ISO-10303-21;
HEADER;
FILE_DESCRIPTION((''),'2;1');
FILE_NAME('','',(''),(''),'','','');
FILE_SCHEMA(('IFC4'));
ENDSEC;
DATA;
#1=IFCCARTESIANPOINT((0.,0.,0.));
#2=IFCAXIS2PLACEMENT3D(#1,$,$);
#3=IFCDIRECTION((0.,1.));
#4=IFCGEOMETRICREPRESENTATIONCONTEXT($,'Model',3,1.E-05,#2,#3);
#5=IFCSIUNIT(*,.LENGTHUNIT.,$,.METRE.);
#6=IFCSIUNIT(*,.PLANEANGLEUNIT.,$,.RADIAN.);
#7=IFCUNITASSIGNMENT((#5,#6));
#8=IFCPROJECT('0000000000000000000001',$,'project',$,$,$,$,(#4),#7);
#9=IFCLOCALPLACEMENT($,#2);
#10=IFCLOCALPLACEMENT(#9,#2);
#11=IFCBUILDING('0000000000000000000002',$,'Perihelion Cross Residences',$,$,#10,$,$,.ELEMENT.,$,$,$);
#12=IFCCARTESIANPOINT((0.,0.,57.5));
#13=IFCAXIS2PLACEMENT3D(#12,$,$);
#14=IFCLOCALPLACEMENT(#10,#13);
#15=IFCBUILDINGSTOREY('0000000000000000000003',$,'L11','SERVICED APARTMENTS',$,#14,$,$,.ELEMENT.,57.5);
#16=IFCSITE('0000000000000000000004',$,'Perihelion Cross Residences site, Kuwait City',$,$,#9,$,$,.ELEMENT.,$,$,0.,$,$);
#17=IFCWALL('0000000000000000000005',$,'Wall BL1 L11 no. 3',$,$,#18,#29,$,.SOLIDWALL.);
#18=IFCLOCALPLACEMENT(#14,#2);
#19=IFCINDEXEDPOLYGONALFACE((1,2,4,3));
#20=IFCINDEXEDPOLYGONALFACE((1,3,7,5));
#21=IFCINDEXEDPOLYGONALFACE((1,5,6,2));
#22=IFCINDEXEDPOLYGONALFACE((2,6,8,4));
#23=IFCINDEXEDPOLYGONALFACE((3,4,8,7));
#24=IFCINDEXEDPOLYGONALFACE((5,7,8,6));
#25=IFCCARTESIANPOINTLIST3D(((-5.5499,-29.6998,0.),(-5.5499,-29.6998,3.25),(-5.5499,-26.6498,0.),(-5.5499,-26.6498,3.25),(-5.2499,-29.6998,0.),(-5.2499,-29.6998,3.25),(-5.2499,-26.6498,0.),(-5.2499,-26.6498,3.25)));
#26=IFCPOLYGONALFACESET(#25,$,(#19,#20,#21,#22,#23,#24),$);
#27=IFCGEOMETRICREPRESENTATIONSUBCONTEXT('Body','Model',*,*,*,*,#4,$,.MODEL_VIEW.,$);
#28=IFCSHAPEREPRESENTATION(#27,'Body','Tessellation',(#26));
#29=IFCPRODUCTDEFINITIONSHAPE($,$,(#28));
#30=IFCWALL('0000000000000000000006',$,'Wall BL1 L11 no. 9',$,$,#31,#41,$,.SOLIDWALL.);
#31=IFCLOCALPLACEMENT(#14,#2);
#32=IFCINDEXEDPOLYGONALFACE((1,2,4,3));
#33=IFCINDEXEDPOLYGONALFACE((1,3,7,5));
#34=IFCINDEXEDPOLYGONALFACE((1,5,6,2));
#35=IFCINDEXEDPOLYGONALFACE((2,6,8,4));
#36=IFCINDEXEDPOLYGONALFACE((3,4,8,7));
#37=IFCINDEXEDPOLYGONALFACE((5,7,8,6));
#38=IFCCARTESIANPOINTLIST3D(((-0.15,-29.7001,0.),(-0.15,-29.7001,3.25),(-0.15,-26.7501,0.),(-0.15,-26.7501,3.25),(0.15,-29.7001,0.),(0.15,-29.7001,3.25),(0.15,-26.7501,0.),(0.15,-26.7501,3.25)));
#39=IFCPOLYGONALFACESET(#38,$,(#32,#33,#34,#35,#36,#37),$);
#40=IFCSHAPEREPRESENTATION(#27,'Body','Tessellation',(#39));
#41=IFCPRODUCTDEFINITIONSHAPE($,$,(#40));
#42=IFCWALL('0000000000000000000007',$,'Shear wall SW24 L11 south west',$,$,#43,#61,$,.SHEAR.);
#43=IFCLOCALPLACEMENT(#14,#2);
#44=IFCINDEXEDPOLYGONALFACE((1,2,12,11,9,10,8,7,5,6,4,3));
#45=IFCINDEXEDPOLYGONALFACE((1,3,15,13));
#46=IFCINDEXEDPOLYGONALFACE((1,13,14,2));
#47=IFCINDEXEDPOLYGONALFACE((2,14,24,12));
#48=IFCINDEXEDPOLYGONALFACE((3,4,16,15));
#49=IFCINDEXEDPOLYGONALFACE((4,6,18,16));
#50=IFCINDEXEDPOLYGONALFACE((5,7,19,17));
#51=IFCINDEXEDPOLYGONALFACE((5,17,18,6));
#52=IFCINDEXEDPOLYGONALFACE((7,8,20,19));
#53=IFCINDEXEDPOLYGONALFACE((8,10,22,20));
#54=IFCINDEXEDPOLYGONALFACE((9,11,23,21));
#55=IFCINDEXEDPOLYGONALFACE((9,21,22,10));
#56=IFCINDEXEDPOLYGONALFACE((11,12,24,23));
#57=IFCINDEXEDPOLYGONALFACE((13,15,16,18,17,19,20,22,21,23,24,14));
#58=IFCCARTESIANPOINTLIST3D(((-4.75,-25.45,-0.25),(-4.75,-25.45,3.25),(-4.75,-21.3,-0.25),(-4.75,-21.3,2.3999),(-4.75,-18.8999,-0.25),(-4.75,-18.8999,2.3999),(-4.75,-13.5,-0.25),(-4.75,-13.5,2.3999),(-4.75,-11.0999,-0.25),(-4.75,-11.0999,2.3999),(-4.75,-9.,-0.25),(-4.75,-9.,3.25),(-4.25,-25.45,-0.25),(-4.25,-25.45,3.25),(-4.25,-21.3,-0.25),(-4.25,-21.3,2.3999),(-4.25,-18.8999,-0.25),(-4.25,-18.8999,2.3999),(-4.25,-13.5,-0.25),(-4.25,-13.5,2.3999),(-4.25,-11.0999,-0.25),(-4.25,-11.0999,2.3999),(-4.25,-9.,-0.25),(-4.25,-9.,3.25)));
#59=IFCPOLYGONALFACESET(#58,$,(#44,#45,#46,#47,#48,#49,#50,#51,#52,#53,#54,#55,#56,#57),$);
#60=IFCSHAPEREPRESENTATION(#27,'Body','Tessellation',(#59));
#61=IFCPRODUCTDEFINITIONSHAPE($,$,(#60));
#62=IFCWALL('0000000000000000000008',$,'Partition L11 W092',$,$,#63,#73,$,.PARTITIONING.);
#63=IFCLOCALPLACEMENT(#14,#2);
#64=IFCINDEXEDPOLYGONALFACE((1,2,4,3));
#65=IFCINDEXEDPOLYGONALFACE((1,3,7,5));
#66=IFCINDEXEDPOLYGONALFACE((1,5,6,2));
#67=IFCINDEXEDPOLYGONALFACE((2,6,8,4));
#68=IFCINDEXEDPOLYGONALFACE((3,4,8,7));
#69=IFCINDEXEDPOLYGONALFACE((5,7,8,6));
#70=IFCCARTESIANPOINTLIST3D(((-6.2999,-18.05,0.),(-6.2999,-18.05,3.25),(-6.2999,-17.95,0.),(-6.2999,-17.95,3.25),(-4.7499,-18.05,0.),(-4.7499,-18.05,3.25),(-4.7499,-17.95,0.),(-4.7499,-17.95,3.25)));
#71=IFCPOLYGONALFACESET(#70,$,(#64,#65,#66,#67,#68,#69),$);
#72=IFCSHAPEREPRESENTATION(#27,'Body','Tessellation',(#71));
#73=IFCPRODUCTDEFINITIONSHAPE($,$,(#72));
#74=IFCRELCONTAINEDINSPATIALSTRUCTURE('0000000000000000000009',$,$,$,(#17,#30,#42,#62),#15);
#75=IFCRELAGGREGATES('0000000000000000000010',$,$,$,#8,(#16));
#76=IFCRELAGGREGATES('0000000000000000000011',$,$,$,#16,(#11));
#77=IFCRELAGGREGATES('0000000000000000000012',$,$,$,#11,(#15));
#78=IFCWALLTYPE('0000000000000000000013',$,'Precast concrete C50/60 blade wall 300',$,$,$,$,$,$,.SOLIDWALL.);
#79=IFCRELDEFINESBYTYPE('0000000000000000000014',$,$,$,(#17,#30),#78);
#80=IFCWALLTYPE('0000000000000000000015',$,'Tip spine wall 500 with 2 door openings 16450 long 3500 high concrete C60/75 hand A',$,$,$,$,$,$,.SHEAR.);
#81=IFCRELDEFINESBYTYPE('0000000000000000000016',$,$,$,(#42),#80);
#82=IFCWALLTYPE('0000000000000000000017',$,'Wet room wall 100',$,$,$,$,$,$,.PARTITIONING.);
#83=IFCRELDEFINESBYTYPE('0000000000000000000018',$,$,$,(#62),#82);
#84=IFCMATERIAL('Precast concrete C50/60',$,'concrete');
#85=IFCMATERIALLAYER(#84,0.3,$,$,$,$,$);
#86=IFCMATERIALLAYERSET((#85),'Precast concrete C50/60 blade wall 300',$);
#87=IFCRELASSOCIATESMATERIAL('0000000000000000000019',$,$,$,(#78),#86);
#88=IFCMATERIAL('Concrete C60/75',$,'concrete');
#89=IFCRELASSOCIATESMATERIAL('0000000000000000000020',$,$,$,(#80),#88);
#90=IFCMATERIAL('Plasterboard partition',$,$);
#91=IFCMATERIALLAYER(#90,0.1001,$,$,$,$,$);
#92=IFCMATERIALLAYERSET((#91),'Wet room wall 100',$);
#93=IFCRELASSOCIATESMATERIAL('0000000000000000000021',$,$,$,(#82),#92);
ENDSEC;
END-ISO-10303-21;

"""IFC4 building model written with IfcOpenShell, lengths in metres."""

from ifc_helpers import new_model, si_unit, direction, frame, frame_2d, origin, place, context, subcontext, project, spatial, polyline, rectangle, outline, extrude, material, layer, layer_set, material_profile, profile_set, type_object, element, save


model = new_model("IFC4")

# Units and contexts
model_context = context("Model", 3, precision=1e-05, world=origin(), true_north=direction((0.0, 1.0)))
body_context = subcontext(model_context, "Body", "Model", "MODEL_VIEW")
ifc_project = project(units=[si_unit("LENGTHUNIT", "METRE"), si_unit("PLANEANGLEUNIT", "RADIAN")], contexts=[model_context])

# Site, building, storey
site_placement = place(None, origin())
site = spatial("IfcSite", under=ifc_project, at=site_placement, Name="Perihelion Cross Residences site, Kuwait City", CompositionType="ELEMENT", RefElevation=0.0)
building_placement = place(site_placement, origin())
building = spatial("IfcBuilding", under=site, at=building_placement, Name="Perihelion Cross Residences", CompositionType="ELEMENT")
storey_placement = place(building_placement, frame((0.0, 0.0, 57.5)))
storey = spatial("IfcBuildingStorey", under=building, at=storey_placement, Name="L11", Description="SERVICED APARTMENTS", CompositionType="ELEMENT", Elevation=57.5)

# Walls
ifc_material_1 = material(Name="Precast concrete C50/60", Category="concrete")
ifc_layer_1 = layer(ifc_material_1, 0.3)
ifc_layer_set_1 = layer_set([ifc_layer_1], Name="Precast concrete C50/60 blade wall 300")
wall_type_1 = type_object("IfcWallType", Name="Precast concrete C50/60 blade wall 300", PredefinedType="SOLIDWALL", material=ifc_layer_set_1)
for number, where, z_axis, x_axis, name in (
    (1, (-5.3999, -26.6499, 0.0), (0.0, 0.0, 1.0), (0.0, -1.0, 0.0), "Wall BL1 L11 no. 3"),
):
    element("IfcWall", number, at=place(storey_placement, frame(where, z_axis=z_axis, x_axis=x_axis)), inside=storey, type_object=wall_type_1, Name=name, PredefinedType="SOLIDWALL", context=body_context, shape_type="SweptSolid", body=[
        extrude(rectangle(XDim=3.05, YDim=0.3, at=frame_2d((1.5249, 0.0))), origin(), (0.0, 0.0, 1.0), 3.25),
    ])
wall_1_placement = place(storey_placement, frame((0.0, -26.75, 0.0), z_axis=(0.0, 0.0, 1.0), x_axis=(0.0, -1.0, 0.0)))
element("IfcWall", 2, at=wall_1_placement, inside=storey, type_object=wall_type_1, Name="Wall BL1 L11 no. 9", PredefinedType="SOLIDWALL", context=body_context, shape_type="SweptSolid", body=[
    extrude(rectangle(XDim=2.95, YDim=0.3, at=frame_2d((1.4751, 0.0))), origin(), (0.0, 0.0, 1.0), 3.25),
])
ifc_material_2 = material(Name="Concrete C60/75", Category="concrete")
ifc_material_profile_1 = material_profile(ifc_material_2, outline(polyline([(0.0, 0.0), (4.1499, 0.0), (4.1499, 2.6499), (6.55, 2.6499), (6.55, 0.0), (11.95, 0.0), (11.95, 2.6499), (14.3501, 2.6499), (14.3501, 0.0), (16.45, 0.0), (16.45, 3.5), (0.0, 3.5), (0.0, 0.0)])), Name="Tip spine wall")
ifc_profile_set_1 = profile_set([ifc_material_profile_1], Name="Concrete C60/75")
wall_type_2 = type_object("IfcWallType", Name="Tip spine wall 500 with 2 door openings 16450 long 3500 high concrete C60/75 hand A", PredefinedType="SHEAR", material=ifc_profile_set_1)
wall_2_placement = place(storey_placement, frame((-4.75, -25.45, -0.25), z_axis=(1.0, 0.0, 0.0), x_axis=(0.0, 1.0, 0.0)))
element("IfcWall", 3, at=wall_2_placement, inside=storey, type_object=wall_type_2, Name="Shear wall SW24 L11 south west", PredefinedType="SHEAR", context=body_context, shape_type="SweptSolid", body=[
    extrude(outline(polyline([(0.0, 0.0), (4.1499, 0.0), (4.1499, 2.6499), (6.55, 2.6499), (6.55, 0.0), (11.95, 0.0), (11.95, 2.6499), (14.3501, 2.6499), (14.3501, 0.0), (16.45, 0.0), (16.45, 3.5), (0.0, 3.5), (0.0, 0.0)])), origin(), (0.0, 0.0, 1.0), 0.5),
])
ifc_material_3 = material(Name="Plasterboard partition")
ifc_layer_2 = layer(ifc_material_3, 0.1001)
ifc_layer_set_2 = layer_set([ifc_layer_2], Name="Wet room wall 100")
wall_type_3 = type_object("IfcWallType", Name="Wet room wall 100", PredefinedType="PARTITIONING", material=ifc_layer_set_2)
wall_3_placement = place(storey_placement, frame((-4.75, -18.0, 0.0), z_axis=(0.0, 0.0, 1.0), x_axis=(-1.0, 0.0, 0.0)))
element("IfcWall", 4, at=wall_3_placement, inside=storey, type_object=wall_type_3, Name="Partition L11 W092", PredefinedType="PARTITIONING", context=body_context, shape_type="SweptSolid", body=[
    extrude(rectangle(XDim=1.55, YDim=0.1001, at=frame_2d((0.7749, 0.0))), origin(), (0.0, 0.0, 1.0), 3.25),
])

save(model, "model.ifc")
